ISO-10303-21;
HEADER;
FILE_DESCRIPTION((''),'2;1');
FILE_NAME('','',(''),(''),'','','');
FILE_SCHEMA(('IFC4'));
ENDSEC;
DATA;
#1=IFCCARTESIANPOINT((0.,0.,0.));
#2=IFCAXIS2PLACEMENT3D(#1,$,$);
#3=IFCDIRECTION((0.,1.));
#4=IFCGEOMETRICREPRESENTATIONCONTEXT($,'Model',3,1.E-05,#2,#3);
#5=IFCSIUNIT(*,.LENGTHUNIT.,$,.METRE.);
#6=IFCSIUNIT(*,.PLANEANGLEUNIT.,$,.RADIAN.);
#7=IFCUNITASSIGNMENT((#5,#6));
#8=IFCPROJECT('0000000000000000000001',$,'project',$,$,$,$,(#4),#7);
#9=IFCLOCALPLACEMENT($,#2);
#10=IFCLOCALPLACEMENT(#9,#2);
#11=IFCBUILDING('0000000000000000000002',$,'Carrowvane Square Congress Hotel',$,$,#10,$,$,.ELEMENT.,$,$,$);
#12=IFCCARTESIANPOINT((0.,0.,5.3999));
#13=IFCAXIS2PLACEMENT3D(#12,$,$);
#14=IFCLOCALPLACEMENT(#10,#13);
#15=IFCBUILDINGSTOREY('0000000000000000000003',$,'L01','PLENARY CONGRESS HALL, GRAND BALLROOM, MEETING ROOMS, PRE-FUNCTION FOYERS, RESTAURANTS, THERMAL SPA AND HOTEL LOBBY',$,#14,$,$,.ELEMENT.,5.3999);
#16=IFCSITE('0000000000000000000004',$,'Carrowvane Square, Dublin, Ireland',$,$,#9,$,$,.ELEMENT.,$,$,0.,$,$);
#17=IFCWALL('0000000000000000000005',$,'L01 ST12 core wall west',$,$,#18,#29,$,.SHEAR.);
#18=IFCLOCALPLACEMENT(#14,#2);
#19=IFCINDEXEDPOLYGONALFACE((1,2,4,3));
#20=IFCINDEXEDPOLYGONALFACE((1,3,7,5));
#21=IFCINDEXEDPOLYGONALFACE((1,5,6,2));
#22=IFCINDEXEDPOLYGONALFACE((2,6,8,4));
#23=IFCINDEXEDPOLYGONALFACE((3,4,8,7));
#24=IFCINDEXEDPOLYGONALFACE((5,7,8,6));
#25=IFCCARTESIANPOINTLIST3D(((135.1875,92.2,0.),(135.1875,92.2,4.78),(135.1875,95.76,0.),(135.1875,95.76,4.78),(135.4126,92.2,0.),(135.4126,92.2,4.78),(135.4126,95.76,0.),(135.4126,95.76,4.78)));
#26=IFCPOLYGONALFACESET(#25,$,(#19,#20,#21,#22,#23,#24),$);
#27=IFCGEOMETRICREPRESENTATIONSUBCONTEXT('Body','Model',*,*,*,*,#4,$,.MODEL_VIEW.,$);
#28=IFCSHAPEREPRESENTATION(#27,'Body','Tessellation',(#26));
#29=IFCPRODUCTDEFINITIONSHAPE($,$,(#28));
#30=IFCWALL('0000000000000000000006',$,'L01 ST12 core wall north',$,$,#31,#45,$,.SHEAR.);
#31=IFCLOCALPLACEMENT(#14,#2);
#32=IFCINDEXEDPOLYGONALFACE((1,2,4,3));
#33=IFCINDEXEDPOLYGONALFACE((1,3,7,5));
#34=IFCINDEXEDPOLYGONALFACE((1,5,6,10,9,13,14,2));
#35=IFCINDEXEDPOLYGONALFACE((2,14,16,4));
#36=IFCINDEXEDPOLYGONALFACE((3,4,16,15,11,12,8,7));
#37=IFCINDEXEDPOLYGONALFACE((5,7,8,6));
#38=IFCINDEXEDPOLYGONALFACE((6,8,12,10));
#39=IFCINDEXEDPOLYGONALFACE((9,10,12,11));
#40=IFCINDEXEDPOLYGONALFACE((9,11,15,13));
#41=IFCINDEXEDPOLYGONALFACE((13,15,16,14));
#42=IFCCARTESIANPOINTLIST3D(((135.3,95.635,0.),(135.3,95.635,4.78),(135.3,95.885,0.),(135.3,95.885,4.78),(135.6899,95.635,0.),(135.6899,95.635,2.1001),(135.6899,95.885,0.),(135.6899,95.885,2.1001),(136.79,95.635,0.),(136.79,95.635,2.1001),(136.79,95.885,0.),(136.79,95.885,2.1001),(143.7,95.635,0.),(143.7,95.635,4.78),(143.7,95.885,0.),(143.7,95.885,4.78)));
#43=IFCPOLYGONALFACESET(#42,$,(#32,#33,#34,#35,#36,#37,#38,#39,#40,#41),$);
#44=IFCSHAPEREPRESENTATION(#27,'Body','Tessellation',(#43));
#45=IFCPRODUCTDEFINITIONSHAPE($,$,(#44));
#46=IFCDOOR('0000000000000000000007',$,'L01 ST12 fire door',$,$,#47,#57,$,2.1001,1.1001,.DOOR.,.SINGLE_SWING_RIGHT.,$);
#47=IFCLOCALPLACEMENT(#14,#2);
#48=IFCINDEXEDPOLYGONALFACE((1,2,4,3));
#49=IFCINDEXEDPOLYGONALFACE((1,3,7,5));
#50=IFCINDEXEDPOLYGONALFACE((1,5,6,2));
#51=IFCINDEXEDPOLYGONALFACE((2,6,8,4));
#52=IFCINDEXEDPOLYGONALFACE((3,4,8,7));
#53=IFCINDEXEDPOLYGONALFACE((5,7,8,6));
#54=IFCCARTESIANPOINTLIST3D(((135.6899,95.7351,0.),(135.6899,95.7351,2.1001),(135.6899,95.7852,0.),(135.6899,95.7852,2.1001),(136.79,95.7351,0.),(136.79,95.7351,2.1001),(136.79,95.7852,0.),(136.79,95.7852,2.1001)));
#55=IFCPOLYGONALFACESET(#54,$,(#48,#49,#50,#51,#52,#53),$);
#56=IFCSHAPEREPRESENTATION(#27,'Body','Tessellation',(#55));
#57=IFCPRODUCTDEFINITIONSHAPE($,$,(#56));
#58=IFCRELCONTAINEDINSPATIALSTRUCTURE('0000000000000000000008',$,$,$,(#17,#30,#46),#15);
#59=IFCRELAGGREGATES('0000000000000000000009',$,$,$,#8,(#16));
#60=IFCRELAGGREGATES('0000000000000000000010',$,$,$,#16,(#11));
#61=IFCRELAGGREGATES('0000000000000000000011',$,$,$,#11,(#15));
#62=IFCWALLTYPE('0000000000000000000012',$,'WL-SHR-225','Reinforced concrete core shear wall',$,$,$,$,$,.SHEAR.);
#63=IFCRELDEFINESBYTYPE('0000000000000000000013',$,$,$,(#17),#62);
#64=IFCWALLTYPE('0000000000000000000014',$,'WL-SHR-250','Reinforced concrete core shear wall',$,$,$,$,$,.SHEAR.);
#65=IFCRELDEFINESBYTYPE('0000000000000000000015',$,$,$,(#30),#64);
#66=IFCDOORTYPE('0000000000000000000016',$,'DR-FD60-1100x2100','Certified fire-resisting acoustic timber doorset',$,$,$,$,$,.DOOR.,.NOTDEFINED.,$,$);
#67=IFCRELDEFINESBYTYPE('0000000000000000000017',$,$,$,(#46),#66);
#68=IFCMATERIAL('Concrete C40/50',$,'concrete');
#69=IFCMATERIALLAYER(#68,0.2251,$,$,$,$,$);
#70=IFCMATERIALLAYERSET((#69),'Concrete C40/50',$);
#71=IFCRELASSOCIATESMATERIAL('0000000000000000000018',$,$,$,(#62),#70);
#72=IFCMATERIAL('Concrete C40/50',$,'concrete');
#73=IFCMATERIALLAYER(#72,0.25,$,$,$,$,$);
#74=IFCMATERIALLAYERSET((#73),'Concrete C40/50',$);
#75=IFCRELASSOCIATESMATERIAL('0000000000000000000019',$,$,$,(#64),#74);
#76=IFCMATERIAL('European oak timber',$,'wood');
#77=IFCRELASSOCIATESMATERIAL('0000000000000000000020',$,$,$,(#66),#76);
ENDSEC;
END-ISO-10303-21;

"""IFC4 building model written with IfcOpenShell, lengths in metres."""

from ifc_helpers import new_model, si_unit, direction, frame, frame_2d, origin, place, context, subcontext, project, spatial, rectangle, extrude, material, layer, layer_set, type_object, element, fill, save


model = new_model("IFC4")

# Units and contexts
model_context = context("Model", 3, precision=1e-05, world=origin(), true_north=direction((0.0, 1.0)))
body_context = subcontext(model_context, "Body", "Model", "MODEL_VIEW")
ifc_project = project(units=[si_unit("LENGTHUNIT", "METRE"), si_unit("PLANEANGLEUNIT", "RADIAN")], contexts=[model_context])

# Site, building, storey
site_placement = place(None, origin())
site = spatial("IfcSite", under=ifc_project, at=site_placement, Name="Carrowvane Square, Dublin, Ireland", CompositionType="ELEMENT", RefElevation=0.0)
building_placement = place(site_placement, origin())
building = spatial("IfcBuilding", under=site, at=building_placement, Name="Carrowvane Square Congress Hotel", CompositionType="ELEMENT")
storey_placement = place(building_placement, frame((0.0, 0.0, 5.3999)))
storey = spatial("IfcBuildingStorey", under=building, at=storey_placement, Name="L01", Description="PLENARY CONGRESS HALL, GRAND BALLROOM, MEETING ROOMS, PRE-FUNCTION FOYERS, RESTAURANTS, THERMAL SPA AND HOTEL LOBBY", CompositionType="ELEMENT", Elevation=5.3999)

# Wall
ifc_material_1 = material(Name="Concrete C40/50", Category="concrete")
ifc_layer_1 = layer(ifc_material_1, 0.2251)
ifc_layer_set_1 = layer_set([ifc_layer_1], Name="Concrete C40/50")
wall_type_1 = type_object("IfcWallType", Name="WL-SHR-225", Description="Reinforced concrete core shear wall", PredefinedType="SHEAR", material=ifc_layer_set_1)
wall_1_placement = place(storey_placement, frame((135.3, 95.76, 0.0), z_axis=(0.0, 0.0, 1.0), x_axis=(0.0, -1.0, 0.0)))
element("IfcWall", 1, at=wall_1_placement, inside=storey, type_object=wall_type_1, Name="L01 ST12 core wall west", PredefinedType="SHEAR", context=body_context, shape_type="SweptSolid", body=[
    extrude(rectangle(XDim=3.5601, YDim=0.2251, at=frame_2d((1.78, 0.0))), origin(), (0.0, 0.0, 1.0), 4.78),
])

# Wall, opening, door
ifc_material_2 = material(Name="Concrete C40/50", Category="concrete")
ifc_layer_2 = layer(ifc_material_2, 0.25)
ifc_layer_set_2 = layer_set([ifc_layer_2], Name="Concrete C40/50")
wall_type_2 = type_object("IfcWallType", Name="WL-SHR-250", Description="Reinforced concrete core shear wall", PredefinedType="SHEAR", material=ifc_layer_set_2)
wall_2_placement = place(storey_placement, frame((143.7, 95.76, 0.0), z_axis=(0.0, 0.0, 1.0), x_axis=(-1.0, 0.0, 0.0)))
wall_2 = element("IfcWall", 2, at=wall_2_placement, inside=storey, type_object=wall_type_2, Name="L01 ST12 core wall north", PredefinedType="SHEAR", context=body_context, shape_type="SweptSolid", body=[
    extrude(rectangle(XDim=8.3999, YDim=0.25, at=frame_2d((4.2, 0.0))), origin(), (0.0, 0.0, 1.0), 4.78),
])
opening_1_placement = place(wall_2_placement, frame((6.9099, 0.0, 0.0)))
opening_1 = element("IfcOpeningElement", 3, at=opening_1_placement, cuts=wall_2, PredefinedType="OPENING", context=body_context, shape_type="SweptSolid", body=[
    extrude(rectangle(XDim=1.1001, YDim=2.1001, at=frame_2d((0.55, 1.05))), frame((0.0, 0.135, 0.0), z_axis=(0.0, -1.0, 0.0), x_axis=(1.0, 0.0, 0.0)), (0.0, 0.0, 1.0), 0.27),
])
ifc_material_3 = material(Name="European oak timber", Category="wood")
door_type_1 = type_object("IfcDoorType", Name="DR-FD60-1100x2100", Description="Certified fire-resisting acoustic timber doorset", OperationType="NOTDEFINED", PredefinedType="DOOR", material=ifc_material_3)
door_1_placement = place(opening_1_placement, origin())
door_1 = element("IfcDoor", 4, at=door_1_placement, inside=storey, type_object=door_type_1, Name="L01 ST12 fire door", OperationType="SINGLE_SWING_RIGHT", OverallHeight=2.1001, OverallWidth=1.1001, PredefinedType="DOOR", context=body_context, shape_type="SweptSolid", body=[
    extrude(rectangle(XDim=1.1001, YDim=2.1001, at=frame_2d((0.55, 1.05))), frame((0.0, 0.0249, 0.0), z_axis=(0.0, -1.0, 0.0), x_axis=(1.0, 0.0, 0.0)), (0.0, 0.0, 1.0), 0.05),
])
fill(opening_1, door_1)

save(model, "model.ifc")
